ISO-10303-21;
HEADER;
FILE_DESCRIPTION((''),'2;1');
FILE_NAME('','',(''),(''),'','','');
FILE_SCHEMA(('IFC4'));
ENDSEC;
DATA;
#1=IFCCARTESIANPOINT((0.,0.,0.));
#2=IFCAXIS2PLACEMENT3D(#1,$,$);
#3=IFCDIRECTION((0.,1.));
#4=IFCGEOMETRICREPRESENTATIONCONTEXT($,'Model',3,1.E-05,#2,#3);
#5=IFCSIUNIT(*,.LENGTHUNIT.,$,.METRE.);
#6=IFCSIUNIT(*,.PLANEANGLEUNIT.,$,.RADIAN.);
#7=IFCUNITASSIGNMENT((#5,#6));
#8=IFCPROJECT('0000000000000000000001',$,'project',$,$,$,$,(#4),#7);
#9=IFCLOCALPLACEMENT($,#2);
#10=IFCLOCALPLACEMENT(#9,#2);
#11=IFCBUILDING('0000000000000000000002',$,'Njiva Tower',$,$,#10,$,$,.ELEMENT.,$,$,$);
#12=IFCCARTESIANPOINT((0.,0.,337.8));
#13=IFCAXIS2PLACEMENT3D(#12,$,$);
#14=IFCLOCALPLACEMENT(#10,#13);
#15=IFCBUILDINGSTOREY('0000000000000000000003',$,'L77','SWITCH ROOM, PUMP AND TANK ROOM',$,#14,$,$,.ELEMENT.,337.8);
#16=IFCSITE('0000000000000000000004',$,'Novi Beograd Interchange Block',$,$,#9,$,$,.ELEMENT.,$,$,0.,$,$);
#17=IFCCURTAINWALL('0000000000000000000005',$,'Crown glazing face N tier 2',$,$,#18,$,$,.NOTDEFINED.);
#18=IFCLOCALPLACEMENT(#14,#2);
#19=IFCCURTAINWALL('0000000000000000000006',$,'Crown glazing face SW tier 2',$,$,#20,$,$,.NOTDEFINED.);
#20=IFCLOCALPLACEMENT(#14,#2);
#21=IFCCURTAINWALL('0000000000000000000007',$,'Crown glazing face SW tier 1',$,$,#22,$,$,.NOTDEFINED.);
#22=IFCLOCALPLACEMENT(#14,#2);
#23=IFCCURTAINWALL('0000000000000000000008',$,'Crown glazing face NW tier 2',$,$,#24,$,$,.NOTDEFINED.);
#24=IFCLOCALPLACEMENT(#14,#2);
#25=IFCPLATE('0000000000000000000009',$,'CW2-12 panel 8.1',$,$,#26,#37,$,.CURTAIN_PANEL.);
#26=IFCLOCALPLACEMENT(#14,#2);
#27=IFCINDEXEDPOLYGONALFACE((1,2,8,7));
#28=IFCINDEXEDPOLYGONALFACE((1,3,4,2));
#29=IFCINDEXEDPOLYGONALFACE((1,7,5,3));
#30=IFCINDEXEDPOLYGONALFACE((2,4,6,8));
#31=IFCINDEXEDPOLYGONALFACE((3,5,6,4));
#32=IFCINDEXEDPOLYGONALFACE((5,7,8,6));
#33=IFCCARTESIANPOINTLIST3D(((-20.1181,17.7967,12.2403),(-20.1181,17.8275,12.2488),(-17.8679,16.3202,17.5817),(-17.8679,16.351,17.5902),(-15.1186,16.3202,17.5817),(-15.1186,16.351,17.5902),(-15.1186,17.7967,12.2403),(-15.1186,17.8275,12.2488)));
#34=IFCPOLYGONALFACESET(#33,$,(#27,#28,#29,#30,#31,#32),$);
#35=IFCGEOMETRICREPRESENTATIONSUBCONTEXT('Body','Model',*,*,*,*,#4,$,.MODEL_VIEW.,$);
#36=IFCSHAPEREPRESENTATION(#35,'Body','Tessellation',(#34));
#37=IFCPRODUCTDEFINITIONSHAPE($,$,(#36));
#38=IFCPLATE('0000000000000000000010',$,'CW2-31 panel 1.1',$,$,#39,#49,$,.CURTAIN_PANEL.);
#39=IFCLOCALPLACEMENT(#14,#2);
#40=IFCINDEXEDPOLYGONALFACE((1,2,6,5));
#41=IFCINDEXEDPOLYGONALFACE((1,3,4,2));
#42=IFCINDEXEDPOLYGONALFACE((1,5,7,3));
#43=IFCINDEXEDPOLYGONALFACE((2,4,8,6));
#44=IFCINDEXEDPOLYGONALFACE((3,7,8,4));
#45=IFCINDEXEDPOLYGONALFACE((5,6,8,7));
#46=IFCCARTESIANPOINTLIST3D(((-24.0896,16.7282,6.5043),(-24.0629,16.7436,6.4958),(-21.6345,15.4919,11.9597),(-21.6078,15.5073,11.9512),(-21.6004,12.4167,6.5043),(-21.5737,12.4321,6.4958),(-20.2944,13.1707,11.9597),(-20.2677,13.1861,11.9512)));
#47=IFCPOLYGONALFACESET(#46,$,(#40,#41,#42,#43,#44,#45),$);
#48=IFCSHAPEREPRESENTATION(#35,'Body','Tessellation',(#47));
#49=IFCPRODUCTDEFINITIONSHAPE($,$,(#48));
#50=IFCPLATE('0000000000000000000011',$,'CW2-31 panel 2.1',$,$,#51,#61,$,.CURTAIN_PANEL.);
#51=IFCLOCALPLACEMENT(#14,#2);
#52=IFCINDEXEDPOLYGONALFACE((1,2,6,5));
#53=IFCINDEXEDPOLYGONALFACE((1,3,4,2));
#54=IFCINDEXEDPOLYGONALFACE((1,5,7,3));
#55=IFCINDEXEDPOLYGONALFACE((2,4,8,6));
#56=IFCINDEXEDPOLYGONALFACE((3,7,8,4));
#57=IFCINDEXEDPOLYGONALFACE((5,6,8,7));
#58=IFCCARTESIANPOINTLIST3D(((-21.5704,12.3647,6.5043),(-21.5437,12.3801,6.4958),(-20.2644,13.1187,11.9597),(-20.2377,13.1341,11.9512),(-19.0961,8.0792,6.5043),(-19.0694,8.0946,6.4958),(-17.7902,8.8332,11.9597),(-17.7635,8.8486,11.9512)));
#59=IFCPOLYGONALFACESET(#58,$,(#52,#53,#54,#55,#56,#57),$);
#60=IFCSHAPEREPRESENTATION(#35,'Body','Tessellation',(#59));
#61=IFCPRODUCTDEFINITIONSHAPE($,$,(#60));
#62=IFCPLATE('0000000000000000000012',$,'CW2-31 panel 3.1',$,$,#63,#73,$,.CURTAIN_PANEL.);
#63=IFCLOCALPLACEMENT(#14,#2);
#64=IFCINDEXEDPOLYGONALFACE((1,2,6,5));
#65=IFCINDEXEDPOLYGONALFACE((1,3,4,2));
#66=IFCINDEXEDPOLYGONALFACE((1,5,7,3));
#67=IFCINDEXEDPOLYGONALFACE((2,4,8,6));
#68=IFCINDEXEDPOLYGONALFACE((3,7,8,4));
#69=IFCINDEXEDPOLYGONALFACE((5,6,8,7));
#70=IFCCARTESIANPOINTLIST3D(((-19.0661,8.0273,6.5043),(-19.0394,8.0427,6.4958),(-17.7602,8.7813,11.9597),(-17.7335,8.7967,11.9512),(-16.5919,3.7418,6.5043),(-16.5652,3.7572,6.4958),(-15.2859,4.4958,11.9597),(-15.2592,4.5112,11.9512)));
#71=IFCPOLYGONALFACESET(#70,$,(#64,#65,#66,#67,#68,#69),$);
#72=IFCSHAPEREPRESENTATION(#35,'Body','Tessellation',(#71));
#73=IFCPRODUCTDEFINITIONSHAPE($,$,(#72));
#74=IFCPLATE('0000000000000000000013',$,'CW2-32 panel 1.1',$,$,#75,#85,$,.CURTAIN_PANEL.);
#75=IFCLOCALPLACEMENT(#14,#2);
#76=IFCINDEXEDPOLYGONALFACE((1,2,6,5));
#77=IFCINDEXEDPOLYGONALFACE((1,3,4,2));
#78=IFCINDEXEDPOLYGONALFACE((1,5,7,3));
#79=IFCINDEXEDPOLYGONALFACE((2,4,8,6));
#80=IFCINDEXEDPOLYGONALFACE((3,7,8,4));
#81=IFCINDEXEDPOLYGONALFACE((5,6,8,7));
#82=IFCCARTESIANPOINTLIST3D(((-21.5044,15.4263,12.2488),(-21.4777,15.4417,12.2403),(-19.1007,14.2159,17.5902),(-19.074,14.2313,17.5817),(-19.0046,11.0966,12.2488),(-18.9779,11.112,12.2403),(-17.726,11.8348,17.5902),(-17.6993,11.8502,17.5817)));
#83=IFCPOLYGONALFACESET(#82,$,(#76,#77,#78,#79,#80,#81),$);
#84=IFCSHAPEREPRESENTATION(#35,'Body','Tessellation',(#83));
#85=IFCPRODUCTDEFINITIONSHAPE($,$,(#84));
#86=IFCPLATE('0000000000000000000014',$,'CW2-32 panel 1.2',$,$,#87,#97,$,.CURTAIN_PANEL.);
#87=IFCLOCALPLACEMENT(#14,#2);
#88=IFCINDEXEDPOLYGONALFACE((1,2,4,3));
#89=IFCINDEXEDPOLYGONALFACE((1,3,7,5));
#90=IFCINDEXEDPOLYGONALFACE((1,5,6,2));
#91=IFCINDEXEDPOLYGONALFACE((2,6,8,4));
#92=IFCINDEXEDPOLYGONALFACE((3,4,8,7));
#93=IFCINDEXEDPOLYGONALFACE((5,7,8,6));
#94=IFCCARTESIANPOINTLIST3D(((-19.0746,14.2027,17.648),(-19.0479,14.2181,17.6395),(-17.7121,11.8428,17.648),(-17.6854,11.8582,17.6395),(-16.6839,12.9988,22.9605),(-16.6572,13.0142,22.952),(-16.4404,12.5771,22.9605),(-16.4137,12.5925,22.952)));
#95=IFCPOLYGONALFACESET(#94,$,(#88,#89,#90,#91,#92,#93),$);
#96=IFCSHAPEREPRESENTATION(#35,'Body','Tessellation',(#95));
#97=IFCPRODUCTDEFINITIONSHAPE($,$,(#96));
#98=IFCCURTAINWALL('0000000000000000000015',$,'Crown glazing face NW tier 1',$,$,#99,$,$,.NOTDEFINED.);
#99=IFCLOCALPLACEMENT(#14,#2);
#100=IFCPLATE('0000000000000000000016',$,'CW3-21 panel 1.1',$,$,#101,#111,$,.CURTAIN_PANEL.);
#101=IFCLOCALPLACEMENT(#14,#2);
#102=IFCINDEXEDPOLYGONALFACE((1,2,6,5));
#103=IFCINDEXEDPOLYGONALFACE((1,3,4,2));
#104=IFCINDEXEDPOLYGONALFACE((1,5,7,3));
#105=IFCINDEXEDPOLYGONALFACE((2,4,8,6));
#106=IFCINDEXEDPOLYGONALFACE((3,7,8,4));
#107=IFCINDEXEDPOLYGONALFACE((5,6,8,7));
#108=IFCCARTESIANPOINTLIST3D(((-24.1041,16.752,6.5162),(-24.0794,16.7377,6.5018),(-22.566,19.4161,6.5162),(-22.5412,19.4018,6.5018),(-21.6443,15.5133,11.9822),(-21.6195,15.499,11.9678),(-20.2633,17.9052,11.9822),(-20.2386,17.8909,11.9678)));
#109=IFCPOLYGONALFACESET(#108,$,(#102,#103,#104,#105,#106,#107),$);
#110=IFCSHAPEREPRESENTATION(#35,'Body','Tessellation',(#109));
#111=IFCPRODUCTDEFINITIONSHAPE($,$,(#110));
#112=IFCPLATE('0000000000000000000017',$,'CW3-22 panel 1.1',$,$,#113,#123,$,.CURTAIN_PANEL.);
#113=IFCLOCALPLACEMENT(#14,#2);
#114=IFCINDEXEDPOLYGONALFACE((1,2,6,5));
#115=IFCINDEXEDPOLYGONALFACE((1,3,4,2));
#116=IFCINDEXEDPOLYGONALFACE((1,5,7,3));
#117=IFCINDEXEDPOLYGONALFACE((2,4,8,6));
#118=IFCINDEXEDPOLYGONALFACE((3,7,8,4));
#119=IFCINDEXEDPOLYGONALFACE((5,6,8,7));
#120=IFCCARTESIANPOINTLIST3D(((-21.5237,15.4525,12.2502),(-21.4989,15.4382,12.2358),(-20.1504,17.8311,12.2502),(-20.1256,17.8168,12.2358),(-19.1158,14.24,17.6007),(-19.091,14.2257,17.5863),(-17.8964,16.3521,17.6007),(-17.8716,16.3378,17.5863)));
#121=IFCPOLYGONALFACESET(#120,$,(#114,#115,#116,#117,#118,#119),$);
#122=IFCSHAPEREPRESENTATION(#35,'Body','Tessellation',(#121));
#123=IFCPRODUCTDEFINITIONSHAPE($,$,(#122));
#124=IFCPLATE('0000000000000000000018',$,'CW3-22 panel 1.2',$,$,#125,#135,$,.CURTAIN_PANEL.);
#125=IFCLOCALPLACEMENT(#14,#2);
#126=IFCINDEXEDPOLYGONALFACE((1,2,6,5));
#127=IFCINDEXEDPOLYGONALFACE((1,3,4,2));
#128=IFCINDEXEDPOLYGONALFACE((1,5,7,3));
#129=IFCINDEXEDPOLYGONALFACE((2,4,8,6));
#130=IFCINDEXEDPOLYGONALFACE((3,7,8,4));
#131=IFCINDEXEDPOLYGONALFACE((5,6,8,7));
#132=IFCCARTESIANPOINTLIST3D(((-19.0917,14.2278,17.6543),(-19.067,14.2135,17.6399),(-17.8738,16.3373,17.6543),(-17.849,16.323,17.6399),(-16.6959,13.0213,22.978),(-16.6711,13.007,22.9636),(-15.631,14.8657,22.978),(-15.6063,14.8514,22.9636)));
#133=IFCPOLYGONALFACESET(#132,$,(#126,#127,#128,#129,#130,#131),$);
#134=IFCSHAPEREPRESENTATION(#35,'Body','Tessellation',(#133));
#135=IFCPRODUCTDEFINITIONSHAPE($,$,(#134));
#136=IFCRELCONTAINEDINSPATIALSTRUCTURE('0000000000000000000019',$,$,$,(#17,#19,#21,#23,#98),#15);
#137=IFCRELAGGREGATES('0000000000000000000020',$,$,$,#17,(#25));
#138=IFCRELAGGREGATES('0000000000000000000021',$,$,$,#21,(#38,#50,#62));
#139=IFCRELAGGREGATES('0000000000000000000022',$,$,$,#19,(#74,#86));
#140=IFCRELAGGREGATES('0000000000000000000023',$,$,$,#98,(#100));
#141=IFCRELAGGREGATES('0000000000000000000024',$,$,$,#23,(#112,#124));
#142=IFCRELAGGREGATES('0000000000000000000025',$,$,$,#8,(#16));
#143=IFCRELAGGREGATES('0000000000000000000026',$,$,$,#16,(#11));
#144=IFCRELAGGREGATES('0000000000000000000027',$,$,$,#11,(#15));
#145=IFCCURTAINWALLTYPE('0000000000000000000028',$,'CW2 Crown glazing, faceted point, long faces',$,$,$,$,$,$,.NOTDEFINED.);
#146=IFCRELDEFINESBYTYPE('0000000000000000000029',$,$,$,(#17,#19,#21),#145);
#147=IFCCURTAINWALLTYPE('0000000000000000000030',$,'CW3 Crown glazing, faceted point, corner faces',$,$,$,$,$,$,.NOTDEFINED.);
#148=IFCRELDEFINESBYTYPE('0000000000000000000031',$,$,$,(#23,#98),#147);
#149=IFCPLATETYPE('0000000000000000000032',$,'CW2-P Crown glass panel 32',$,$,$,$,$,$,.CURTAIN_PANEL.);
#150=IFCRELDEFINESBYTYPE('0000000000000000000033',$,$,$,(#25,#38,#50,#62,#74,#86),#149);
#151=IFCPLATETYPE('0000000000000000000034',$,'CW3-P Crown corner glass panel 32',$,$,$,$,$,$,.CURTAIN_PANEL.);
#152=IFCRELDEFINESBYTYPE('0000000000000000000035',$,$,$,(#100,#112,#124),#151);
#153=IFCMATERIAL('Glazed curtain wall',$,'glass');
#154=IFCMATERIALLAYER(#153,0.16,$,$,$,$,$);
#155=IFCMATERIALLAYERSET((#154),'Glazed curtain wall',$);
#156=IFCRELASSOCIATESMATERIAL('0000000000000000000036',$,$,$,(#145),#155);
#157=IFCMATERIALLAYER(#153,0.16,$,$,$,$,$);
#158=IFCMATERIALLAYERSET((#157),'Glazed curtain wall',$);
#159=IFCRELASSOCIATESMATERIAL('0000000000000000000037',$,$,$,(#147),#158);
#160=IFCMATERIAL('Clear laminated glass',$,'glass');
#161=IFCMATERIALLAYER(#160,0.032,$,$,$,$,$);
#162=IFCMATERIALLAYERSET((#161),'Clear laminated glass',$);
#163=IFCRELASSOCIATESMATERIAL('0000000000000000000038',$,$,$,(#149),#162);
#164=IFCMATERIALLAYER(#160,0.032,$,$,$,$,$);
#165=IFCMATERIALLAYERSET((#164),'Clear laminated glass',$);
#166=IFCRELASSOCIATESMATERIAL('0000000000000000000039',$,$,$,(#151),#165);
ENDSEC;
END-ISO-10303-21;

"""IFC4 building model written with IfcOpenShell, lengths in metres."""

from ifc_helpers import new_model, si_unit, direction, frame, origin, place, context, subcontext, project, spatial, polyline, outline, extrude, material, layer, layer_set, type_object, element, aggregate, save


model = new_model("IFC4")

# Units and contexts
model_context = context("Model", 3, precision=1e-05, world=origin(), true_north=direction((0.0, 1.0)))
body_context = subcontext(model_context, "Body", "Model", "MODEL_VIEW")
ifc_project = project(units=[si_unit("LENGTHUNIT", "METRE"), si_unit("PLANEANGLEUNIT", "RADIAN")], contexts=[model_context])

# Site, building, storey
site_placement = place(None, origin())
site = spatial("IfcSite", under=ifc_project, at=site_placement, Name="Novi Beograd Interchange Block", CompositionType="ELEMENT", RefElevation=0.0)
building_placement = place(site_placement, origin())
building = spatial("IfcBuilding", under=site, at=building_placement, Name="Njiva Tower", CompositionType="ELEMENT")
storey_placement = place(building_placement, frame((0.0, 0.0, 337.8)))
storey = spatial("IfcBuildingStorey", under=building, at=storey_placement, Name="L77", Description="SWITCH ROOM, PUMP AND TANK ROOM", CompositionType="ELEMENT", Elevation=337.8)

# Curtain walls
ifc_material_1 = material(Name="Glazed curtain wall", Category="glass")
ifc_layer_1 = layer(ifc_material_1, 0.16)
ifc_layer_set_1 = layer_set([ifc_layer_1], Name="Glazed curtain wall")
curtain_wall_type_1 = type_object("IfcCurtainWallType", Name="CW2 Crown glazing, faceted point, long faces", PredefinedType="NOTDEFINED", material=ifc_layer_set_1)
curtain_wall_1_placement = place(storey_placement, origin())
curtain_wall_1 = element("IfcCurtainWall", 1, at=curtain_wall_1_placement, inside=storey, type_object=curtain_wall_type_1, Name="Crown glazing face N tier 2", PredefinedType="NOTDEFINED")
curtain_wall_2_placement = place(storey_placement, origin())
curtain_wall_2 = element("IfcCurtainWall", 2, at=curtain_wall_2_placement, inside=storey, type_object=curtain_wall_type_1, Name="Crown glazing face SW tier 2", PredefinedType="NOTDEFINED")

# Curtain wall
curtain_wall_3_placement = place(storey_placement, origin())
curtain_wall_3 = element("IfcCurtainWall", 3, at=curtain_wall_3_placement, inside=storey, type_object=curtain_wall_type_1, Name="Crown glazing face SW tier 1", PredefinedType="NOTDEFINED")

# Curtain wall
ifc_layer_2 = layer(ifc_material_1, 0.16)
ifc_layer_set_2 = layer_set([ifc_layer_2], Name="Glazed curtain wall")
curtain_wall_type_2 = type_object("IfcCurtainWallType", Name="CW3 Crown glazing, faceted point, corner faces", PredefinedType="NOTDEFINED", material=ifc_layer_set_2)
curtain_wall_4_placement = place(storey_placement, origin())
curtain_wall_4 = element("IfcCurtainWall", 4, at=curtain_wall_4_placement, inside=storey, type_object=curtain_wall_type_2, Name="Crown glazing face NW tier 2", PredefinedType="NOTDEFINED")

# Plates
ifc_material_2 = material(Name="Clear laminated glass", Category="glass")
ifc_layer_3 = layer(ifc_material_2, 0.032)
ifc_layer_set_3 = layer_set([ifc_layer_3], Name="Clear laminated glass")
plate_type_1 = type_object("IfcPlateType", Name="CW2-P Crown glass panel 32", PredefinedType="CURTAIN_PANEL", material=ifc_layer_set_3)
plate_1_placement = place(storey_placement, frame((-17.8679, 16.351, 17.5902), z_axis=(0.0, 0.963853, 0.266434), x_axis=(1.0, 0.0, 0.0)))
plate_1 = element("IfcPlate", 5, at=plate_1_placement, type_object=plate_type_1, Name="CW2-12 panel 8.1", PredefinedType="CURTAIN_PANEL", context=body_context, shape_type="SweptSolid", body=[
    extrude(outline(polyline([(0.0, 0.0), (2.7493, 0.0), (2.7493, 5.5417), (-2.2502, 5.5417), (0.0, 0.0)])), origin(), (0.0, 0.0, -1.0), 0.032),
])
aggregate(curtain_wall_1, [plate_1])
plate_2_placement = place(storey_placement, frame((-21.6004, 12.4167, 6.5043), z_axis=(-0.834725, -0.481917, 0.266438), x_axis=(0.230744, 0.133217, 0.963852)))
plate_2 = element("IfcPlate", 6, at=plate_2_placement, type_object=plate_type_1, Name="CW2-31 panel 1.1", PredefinedType="CURTAIN_PANEL", context=body_context, shape_type="SweptSolid", body=[
    extrude(outline(polyline([(0.0, 0.0), (5.66, 0.0), (5.66, 2.6803), (0.0, 4.9785), (0.0, 0.0)])), origin(), (0.0, 0.0, -1.0), 0.032),
])
plate_3_placement = place(storey_placement, frame((-19.0961, 8.0792, 6.5043), z_axis=(-0.834721, -0.481929, 0.266429), x_axis=(0.230732, 0.13322, 0.963854)))
plate_3 = element("IfcPlate", 7, at=plate_3_placement, type_object=plate_type_1, Name="CW2-31 panel 2.1", PredefinedType="CURTAIN_PANEL", context=body_context, shape_type="SweptSolid", body=[
    extrude(outline(polyline([(0.0, 0.0), (5.66, 0.0), (5.66, 4.9485), (0.0, 4.9485), (0.0, 0.0)])), origin(), (0.0, 0.0, -1.0), 0.032),
])
plate_4_placement = place(storey_placement, frame((-16.5919, 3.7418, 6.5043), z_axis=(-0.834721, -0.481929, 0.266429), x_axis=(0.230736, 0.133212, 0.963854)))
plate_4 = element("IfcPlate", 8, at=plate_4_placement, type_object=plate_type_1, Name="CW2-31 panel 3.1", PredefinedType="CURTAIN_PANEL", context=body_context, shape_type="SweptSolid", body=[
    extrude(outline(polyline([(0.0, 0.0), (5.66, 0.0), (5.66, 4.9485), (0.0, 4.9485), (0.0, 0.0)])), origin(), (0.0, 0.0, -1.0), 0.032),
])
aggregate(curtain_wall_3, [plate_2, plate_3, plate_4])
plate_5_placement = place(storey_placement, frame((-19.0046, 11.0966, 12.2488), z_axis=(-0.834723, -0.48193, 0.266422), x_axis=(0.230728, 0.133211, 0.963856)))
plate_5 = element("IfcPlate", 9, at=plate_5_placement, type_object=plate_type_1, Name="CW2-32 panel 1.1", PredefinedType="CURTAIN_PANEL", context=body_context, shape_type="SweptSolid", body=[
    extrude(outline(polyline([(0.0, 0.0), (5.5417, 0.0), (5.5417, 2.7494), (0.0, 4.9995), (0.0, 0.0)])), origin(), (0.0, 0.0, -1.0), 0.032),
])
plate_6_placement = place(storey_placement, frame((-19.0746, 14.2027, 17.648), z_axis=(-0.834718, -0.481938, 0.266424), x_axis=(0.500009, -0.86602, -0.000002)))
plate_6 = element("IfcPlate", 10, at=plate_6_placement, type_object=plate_type_1, Name="CW2-32 panel 1.2", PredefinedType="CURTAIN_PANEL", context=body_context, shape_type="SweptSolid", body=[
    extrude(outline(polyline([(0.0, 0.0), (2.725, 0.0), (2.7249, 5.5117), (2.238, 5.5117), (0.0, 0.0)])), origin(), (0.0, 0.0, -1.0), 0.032),
])
aggregate(curtain_wall_2, [plate_5, plate_6])

# Curtain wall, plate
curtain_wall_5_placement = place(storey_placement, origin())
curtain_wall_5 = element("IfcCurtainWall", 11, at=curtain_wall_5_placement, inside=storey, type_object=curtain_wall_type_2, Name="Crown glazing face NW tier 1", PredefinedType="NOTDEFINED")
ifc_layer_4 = layer(ifc_material_2, 0.032)
ifc_layer_set_4 = layer_set([ifc_layer_4], Name="Clear laminated glass")
plate_type_2 = type_object("IfcPlateType", Name="CW3-P Crown corner glass panel 32", PredefinedType="CURTAIN_PANEL", material=ifc_layer_set_4)
plate_7_placement = place(storey_placement, frame((-22.566, 19.4161, 6.5162), z_axis=(-0.773652, 0.446671, 0.449386), x_axis=(-0.500001, -0.866025, 0.000003)))
plate_7 = element("IfcPlate", 12, at=plate_7_placement, type_object=plate_type_2, Name="CW3-21 panel 1.1", PredefinedType="CURTAIN_PANEL", context=body_context, shape_type="SweptSolid", body=[
    extrude(outline(polyline([(0.0, 0.0), (3.0762, 0.0), (2.9191, 6.1186), (0.1571, 6.1186), (0.0, 0.0)])), origin(), (0.0, 0.0, -1.0), 0.032),
])
aggregate(curtain_wall_5, [plate_7])

# Plates
plate_8_placement = place(storey_placement, frame((-19.1158, 14.24, 17.6007), z_axis=(-0.773653, 0.446668, 0.449388), x_axis=(0.499998, 0.866027, -0.000003)))
plate_8 = element("IfcPlate", 13, at=plate_8_placement, type_object=plate_type_2, Name="CW3-22 panel 1.1", PredefinedType="CURTAIN_PANEL", context=body_context, shape_type="SweptSolid", body=[
    extrude(outline(polyline([(0.0, 0.0), (2.4388, 0.0), (2.5927, 5.9893), (-0.1539, 5.9893), (0.0, 0.0)])), origin(), (0.0, 0.0, -1.0), 0.032),
])
plate_9_placement = place(storey_placement, frame((-16.6959, 13.0213, 22.978), z_axis=(-0.773649, 0.446669, 0.449393), x_axis=(0.500004, 0.866023, 0.000005)))
plate_9 = element("IfcPlate", 14, at=plate_9_placement, type_object=plate_type_2, Name="CW3-22 panel 1.2", PredefinedType="CURTAIN_PANEL", context=body_context, shape_type="SweptSolid", body=[
    extrude(outline(polyline([(0.0, 0.0), (2.1297, 0.0), (2.2828, 5.9594), (-0.1531, 5.9593), (0.0, 0.0)])), origin(), (0.0, 0.0, -1.0), 0.032),
])
aggregate(curtain_wall_4, [plate_8, plate_9])

save(model, "model.ifc")
